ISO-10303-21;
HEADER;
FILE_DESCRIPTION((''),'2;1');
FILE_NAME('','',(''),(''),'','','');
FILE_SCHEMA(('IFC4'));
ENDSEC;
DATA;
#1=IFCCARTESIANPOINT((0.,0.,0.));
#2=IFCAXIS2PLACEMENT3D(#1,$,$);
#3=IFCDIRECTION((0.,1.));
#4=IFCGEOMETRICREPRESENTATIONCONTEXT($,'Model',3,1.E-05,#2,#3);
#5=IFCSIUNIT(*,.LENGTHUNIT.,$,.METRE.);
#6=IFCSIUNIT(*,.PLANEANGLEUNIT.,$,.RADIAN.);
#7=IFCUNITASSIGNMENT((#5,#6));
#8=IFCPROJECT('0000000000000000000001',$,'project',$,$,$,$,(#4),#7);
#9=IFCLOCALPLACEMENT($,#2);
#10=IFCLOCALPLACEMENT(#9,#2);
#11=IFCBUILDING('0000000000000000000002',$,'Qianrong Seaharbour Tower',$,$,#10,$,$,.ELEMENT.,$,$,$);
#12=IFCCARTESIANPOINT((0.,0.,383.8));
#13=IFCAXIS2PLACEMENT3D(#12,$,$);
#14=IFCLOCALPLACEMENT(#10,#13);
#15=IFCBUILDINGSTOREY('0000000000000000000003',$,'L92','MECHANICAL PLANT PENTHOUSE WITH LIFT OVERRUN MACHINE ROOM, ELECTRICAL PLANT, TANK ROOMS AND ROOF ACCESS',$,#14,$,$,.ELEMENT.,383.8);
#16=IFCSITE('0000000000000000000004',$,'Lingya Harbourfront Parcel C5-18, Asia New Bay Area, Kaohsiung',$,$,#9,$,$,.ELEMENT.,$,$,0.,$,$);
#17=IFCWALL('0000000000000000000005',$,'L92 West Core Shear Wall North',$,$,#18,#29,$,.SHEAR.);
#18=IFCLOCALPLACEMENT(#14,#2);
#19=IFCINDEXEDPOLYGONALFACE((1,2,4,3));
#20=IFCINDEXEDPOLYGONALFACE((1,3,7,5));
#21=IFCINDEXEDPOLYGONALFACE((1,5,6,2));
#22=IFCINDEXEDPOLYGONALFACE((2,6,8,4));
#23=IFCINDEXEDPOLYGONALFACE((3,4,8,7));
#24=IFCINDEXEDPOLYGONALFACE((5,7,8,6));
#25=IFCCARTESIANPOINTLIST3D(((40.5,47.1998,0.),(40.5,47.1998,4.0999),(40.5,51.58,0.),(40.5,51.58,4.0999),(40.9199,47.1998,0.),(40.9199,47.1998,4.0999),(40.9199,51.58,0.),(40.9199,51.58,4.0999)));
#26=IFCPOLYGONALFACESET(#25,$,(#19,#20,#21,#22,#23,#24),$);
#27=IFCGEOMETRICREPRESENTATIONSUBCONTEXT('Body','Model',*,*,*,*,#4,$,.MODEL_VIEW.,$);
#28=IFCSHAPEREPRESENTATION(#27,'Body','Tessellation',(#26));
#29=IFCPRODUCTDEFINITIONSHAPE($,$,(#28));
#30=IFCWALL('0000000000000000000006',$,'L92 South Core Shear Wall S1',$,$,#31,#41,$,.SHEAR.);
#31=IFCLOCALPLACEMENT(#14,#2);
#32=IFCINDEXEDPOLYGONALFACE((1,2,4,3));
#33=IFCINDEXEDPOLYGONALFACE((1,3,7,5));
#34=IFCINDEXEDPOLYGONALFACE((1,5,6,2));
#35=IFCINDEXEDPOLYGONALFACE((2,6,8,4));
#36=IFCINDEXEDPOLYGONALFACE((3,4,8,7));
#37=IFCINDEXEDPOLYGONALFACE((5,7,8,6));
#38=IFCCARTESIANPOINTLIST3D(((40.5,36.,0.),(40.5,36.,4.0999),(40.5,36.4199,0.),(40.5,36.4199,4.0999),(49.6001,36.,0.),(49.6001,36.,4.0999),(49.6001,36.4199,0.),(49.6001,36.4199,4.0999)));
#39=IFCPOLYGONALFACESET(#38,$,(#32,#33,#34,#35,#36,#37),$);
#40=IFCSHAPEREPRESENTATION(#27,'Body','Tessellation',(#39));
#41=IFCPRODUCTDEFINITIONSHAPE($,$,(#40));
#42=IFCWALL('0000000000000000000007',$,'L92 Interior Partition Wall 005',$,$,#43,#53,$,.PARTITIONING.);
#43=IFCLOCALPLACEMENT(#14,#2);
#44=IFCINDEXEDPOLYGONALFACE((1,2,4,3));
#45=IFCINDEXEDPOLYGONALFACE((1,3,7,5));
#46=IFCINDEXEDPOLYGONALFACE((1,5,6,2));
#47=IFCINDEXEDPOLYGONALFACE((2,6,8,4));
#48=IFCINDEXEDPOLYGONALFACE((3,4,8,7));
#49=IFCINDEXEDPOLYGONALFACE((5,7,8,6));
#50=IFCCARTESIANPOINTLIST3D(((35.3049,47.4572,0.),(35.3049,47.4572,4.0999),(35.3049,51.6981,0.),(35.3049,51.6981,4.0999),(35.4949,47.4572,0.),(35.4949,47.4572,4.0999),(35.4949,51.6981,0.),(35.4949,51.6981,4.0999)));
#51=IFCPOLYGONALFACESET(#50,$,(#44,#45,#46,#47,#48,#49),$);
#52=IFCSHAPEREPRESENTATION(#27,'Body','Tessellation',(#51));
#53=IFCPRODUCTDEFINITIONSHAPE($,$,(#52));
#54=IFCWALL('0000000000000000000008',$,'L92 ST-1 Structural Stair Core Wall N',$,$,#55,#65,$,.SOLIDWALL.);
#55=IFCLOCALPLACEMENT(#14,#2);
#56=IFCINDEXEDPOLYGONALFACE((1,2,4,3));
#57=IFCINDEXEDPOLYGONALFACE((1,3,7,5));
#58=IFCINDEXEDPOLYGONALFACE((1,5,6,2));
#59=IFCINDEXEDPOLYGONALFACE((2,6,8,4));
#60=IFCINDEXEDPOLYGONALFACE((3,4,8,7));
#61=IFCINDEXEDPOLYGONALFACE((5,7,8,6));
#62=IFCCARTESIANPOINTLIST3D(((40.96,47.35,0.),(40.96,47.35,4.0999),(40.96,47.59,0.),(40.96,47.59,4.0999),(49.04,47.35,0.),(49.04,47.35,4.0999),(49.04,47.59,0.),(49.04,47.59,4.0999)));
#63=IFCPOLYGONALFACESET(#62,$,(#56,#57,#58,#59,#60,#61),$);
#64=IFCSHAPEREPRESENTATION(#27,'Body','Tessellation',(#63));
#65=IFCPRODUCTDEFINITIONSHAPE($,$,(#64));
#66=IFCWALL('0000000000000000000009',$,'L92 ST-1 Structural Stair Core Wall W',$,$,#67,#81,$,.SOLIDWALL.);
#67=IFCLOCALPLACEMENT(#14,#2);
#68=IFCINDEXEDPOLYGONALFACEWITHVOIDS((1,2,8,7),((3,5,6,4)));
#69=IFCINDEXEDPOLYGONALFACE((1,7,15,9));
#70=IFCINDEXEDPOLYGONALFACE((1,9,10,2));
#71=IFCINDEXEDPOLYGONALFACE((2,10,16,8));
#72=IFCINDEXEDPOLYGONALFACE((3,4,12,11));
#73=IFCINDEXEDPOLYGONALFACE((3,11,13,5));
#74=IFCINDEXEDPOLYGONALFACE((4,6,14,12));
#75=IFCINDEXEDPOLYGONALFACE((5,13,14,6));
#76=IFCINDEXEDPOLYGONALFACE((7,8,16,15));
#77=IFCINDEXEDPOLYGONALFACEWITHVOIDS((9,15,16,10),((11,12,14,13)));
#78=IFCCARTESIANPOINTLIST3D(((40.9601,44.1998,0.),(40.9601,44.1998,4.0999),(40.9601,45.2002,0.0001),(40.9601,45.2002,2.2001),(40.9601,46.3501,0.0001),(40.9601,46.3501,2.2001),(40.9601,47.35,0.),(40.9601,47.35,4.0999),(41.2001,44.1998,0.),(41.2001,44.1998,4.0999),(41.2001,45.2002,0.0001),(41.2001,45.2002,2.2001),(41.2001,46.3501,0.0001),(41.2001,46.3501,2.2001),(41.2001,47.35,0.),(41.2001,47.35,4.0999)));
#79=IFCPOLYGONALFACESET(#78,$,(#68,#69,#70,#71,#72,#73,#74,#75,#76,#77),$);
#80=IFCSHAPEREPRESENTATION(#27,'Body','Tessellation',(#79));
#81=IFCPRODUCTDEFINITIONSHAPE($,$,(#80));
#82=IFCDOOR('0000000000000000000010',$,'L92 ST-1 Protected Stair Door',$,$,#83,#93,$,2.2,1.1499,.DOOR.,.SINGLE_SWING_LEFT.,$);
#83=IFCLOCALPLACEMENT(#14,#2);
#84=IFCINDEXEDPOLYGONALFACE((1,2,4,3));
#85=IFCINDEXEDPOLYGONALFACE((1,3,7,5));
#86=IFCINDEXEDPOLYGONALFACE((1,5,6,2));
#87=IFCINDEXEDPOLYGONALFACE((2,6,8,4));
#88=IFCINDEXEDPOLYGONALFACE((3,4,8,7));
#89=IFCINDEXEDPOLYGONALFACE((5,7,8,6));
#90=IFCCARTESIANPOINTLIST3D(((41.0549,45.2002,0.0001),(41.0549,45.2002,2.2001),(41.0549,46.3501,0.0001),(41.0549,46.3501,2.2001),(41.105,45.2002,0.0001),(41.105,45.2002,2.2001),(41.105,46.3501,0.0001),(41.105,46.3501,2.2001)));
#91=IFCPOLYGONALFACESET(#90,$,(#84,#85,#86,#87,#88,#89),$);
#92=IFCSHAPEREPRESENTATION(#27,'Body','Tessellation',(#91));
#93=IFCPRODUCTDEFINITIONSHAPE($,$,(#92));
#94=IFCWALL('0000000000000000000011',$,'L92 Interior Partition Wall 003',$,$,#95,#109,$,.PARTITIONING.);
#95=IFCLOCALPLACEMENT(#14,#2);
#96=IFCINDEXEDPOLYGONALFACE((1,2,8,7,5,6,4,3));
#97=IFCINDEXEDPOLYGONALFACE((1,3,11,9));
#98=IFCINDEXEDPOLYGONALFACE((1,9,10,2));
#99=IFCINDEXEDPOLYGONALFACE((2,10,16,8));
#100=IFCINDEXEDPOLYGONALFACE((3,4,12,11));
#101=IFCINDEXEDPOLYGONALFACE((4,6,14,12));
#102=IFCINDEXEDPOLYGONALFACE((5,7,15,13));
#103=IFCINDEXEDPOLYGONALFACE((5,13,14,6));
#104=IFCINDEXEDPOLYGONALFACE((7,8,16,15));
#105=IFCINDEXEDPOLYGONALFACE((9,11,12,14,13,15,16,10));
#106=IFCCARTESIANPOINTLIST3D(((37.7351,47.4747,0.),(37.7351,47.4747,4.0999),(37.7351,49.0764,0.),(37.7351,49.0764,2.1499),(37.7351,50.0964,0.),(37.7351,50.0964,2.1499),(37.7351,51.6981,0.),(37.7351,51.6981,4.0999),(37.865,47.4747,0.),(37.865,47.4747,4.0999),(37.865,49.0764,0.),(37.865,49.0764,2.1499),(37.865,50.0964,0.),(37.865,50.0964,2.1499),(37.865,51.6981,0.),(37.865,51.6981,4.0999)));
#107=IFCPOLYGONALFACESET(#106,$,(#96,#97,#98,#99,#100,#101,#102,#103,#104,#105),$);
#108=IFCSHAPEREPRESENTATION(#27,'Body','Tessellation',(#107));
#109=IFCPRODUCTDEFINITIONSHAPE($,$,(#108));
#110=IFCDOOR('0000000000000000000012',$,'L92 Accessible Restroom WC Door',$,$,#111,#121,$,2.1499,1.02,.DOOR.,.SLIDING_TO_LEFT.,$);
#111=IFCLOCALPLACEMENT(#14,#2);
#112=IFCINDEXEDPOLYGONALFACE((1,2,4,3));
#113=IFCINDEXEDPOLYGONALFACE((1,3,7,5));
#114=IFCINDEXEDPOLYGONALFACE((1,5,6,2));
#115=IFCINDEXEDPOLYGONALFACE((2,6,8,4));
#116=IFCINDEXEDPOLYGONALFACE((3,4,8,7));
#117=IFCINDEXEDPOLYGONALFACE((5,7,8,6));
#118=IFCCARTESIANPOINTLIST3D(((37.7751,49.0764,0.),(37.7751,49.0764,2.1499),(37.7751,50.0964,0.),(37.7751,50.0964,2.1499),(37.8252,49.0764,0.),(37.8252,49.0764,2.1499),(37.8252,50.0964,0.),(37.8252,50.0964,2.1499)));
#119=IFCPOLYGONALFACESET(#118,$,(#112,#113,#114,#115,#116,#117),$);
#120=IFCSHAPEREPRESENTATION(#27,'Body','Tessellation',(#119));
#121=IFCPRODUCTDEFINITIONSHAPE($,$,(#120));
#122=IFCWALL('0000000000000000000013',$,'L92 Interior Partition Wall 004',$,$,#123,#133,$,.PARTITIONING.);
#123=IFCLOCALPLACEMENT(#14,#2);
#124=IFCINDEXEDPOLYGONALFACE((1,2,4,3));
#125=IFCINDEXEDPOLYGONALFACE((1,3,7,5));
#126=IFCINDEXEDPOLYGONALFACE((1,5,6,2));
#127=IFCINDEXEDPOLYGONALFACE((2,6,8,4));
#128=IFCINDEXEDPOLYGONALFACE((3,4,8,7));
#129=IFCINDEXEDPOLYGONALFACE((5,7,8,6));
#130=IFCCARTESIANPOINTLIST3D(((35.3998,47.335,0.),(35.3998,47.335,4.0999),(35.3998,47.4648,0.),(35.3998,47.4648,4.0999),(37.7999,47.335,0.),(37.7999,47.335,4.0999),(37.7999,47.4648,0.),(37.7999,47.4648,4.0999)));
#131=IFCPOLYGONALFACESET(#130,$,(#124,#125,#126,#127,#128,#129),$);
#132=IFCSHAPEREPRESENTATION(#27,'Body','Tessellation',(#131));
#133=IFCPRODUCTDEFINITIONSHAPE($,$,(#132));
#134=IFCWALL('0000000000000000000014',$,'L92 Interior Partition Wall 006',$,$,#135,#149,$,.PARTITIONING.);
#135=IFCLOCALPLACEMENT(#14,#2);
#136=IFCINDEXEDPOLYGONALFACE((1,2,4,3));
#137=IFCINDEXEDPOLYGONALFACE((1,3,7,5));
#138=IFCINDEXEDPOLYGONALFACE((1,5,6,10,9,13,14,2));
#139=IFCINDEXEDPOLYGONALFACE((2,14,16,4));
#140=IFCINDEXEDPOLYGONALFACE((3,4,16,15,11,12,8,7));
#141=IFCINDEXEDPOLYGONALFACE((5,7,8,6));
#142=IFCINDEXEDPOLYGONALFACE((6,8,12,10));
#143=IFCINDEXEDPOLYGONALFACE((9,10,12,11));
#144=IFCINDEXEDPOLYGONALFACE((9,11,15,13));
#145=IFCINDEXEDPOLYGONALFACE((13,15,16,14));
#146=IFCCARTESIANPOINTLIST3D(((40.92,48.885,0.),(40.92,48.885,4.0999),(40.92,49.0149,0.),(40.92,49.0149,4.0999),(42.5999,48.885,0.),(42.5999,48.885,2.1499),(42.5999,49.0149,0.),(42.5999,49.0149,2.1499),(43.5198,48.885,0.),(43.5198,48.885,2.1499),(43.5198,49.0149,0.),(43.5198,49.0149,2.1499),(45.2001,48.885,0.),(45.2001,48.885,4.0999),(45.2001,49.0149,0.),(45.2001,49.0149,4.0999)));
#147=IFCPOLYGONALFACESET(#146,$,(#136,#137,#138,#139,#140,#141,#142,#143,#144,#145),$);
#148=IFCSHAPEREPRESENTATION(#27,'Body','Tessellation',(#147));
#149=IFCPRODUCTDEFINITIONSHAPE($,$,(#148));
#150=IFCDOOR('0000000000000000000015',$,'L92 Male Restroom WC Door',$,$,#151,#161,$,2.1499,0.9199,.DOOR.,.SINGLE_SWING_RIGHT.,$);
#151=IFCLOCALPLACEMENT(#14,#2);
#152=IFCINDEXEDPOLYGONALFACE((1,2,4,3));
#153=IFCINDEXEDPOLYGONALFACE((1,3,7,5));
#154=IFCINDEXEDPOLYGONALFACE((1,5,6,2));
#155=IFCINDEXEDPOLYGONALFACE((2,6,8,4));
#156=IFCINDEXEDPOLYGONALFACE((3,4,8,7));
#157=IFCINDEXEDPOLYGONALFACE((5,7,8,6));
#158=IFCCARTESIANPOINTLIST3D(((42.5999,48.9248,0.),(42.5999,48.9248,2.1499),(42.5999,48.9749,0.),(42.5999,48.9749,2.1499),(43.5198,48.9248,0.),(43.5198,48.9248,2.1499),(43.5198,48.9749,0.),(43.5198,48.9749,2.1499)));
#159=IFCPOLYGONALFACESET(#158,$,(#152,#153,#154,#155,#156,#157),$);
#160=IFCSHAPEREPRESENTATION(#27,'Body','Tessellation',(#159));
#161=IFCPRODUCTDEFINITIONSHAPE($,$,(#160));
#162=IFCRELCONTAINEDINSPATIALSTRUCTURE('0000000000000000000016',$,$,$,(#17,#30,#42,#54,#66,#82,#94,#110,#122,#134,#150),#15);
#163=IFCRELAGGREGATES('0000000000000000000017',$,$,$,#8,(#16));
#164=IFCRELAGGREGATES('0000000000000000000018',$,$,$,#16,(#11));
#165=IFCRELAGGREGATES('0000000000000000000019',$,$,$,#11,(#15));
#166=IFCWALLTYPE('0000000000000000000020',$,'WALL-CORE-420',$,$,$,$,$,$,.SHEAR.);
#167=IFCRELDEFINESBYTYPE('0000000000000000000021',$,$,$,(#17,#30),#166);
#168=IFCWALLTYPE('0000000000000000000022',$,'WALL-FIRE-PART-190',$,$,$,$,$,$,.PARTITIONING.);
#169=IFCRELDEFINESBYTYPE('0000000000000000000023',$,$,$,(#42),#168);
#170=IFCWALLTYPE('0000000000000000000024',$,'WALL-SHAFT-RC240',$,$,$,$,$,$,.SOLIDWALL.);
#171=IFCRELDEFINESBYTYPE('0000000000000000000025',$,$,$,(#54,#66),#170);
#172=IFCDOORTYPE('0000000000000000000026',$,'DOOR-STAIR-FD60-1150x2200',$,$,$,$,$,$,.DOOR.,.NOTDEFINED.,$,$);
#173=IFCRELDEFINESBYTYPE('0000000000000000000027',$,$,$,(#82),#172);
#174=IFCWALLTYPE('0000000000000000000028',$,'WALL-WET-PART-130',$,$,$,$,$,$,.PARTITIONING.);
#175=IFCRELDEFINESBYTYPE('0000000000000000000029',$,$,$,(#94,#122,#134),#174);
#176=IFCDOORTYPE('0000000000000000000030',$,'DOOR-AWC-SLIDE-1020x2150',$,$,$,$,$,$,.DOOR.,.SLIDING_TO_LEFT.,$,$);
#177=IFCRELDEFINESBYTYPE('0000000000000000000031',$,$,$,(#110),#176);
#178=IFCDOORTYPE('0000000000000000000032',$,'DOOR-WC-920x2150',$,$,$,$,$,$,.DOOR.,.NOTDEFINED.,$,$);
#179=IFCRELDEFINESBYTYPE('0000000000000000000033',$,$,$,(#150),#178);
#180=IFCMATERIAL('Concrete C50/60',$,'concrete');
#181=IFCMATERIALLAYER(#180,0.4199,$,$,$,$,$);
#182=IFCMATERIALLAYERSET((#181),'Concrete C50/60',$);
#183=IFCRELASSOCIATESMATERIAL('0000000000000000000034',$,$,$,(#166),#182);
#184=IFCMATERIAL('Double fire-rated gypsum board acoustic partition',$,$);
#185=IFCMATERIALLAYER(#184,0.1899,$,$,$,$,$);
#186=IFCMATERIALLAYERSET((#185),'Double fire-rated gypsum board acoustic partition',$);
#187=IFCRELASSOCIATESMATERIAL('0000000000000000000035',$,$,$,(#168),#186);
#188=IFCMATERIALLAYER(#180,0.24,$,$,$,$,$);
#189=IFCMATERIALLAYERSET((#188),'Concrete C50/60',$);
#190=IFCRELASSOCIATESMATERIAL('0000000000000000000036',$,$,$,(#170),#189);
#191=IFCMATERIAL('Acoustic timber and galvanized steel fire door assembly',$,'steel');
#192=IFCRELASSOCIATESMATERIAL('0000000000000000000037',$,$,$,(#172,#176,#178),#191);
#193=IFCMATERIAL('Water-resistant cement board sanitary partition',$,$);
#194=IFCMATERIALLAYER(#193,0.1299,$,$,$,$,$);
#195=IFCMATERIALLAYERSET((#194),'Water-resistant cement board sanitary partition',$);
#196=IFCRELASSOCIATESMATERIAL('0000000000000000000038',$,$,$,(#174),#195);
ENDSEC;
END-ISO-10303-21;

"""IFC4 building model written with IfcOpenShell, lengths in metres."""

from ifc_helpers import new_model, si_unit, direction, frame, frame_2d, origin, place, context, subcontext, project, spatial, rectangle, extrude, material, layer, layer_set, type_object, element, fill, save


model = new_model("IFC4")

# Units and contexts
model_context = context("Model", 3, precision=1e-05, world=origin(), true_north=direction((0.0, 1.0)))
body_context = subcontext(model_context, "Body", "Model", "MODEL_VIEW")
ifc_project = project(units=[si_unit("LENGTHUNIT", "METRE"), si_unit("PLANEANGLEUNIT", "RADIAN")], contexts=[model_context])

# Site, building, storey
site_placement = place(None, origin())
site = spatial("IfcSite", under=ifc_project, at=site_placement, Name="Lingya Harbourfront Parcel C5-18, Asia New Bay Area, Kaohsiung", CompositionType="ELEMENT", RefElevation=0.0)
building_placement = place(site_placement, origin())
building = spatial("IfcBuilding", under=site, at=building_placement, Name="Qianrong Seaharbour Tower", CompositionType="ELEMENT")
storey_placement = place(building_placement, frame((0.0, 0.0, 383.8)))
storey = spatial("IfcBuildingStorey", under=building, at=storey_placement, Name="L92", Description="MECHANICAL PLANT PENTHOUSE WITH LIFT OVERRUN MACHINE ROOM, ELECTRICAL PLANT, TANK ROOMS AND ROOF ACCESS", CompositionType="ELEMENT", Elevation=383.8)

# Shared definitions
ifc_material_1 = material(Name="Concrete C50/60", Category="concrete")

# Walls
ifc_layer_1 = layer(ifc_material_1, 0.4199)
ifc_layer_set_1 = layer_set([ifc_layer_1], Name="Concrete C50/60")
wall_type_1 = type_object("IfcWallType", Name="WALL-CORE-420", PredefinedType="SHEAR", material=ifc_layer_set_1)
wall_1_placement = place(storey_placement, frame((40.71, 47.2, 0.0), z_axis=(0.0, 0.0, 1.0), x_axis=(0.0, 1.0, 0.0)))
element("IfcWall", 1, at=wall_1_placement, inside=storey, type_object=wall_type_1, Name="L92 West Core Shear Wall North", PredefinedType="SHEAR", context=body_context, shape_type="SweptSolid", body=[
    extrude(rectangle(XDim=4.3801, YDim=0.4199, at=frame_2d((2.1899, 0.0))), origin(), (0.0, 0.0, 1.0), 4.0999),
])
wall_2_placement = place(storey_placement, frame((40.5, 36.21, 0.0), z_axis=(0.0, 0.0, 1.0), x_axis=(1.0, 0.0, 0.0)))
element("IfcWall", 2, at=wall_2_placement, inside=storey, type_object=wall_type_1, Name="L92 South Core Shear Wall S1", PredefinedType="SHEAR", context=body_context, shape_type="SweptSolid", body=[
    extrude(rectangle(XDim=9.1001, YDim=0.4199, at=frame_2d((4.55, 0.0))), origin(), (0.0, 0.0, 1.0), 4.0999),
])

# Shared definitions
ifc_material_2 = material(Name="Acoustic timber and galvanized steel fire door assembly", Category="steel")

# Walls
ifc_material_3 = material(Name="Double fire-rated gypsum board acoustic partition")
ifc_layer_2 = layer(ifc_material_3, 0.1899)
ifc_layer_set_2 = layer_set([ifc_layer_2], Name="Double fire-rated gypsum board acoustic partition")
wall_type_2 = type_object("IfcWallType", Name="WALL-FIRE-PART-190", PredefinedType="PARTITIONING", material=ifc_layer_set_2)
wall_3_placement = place(storey_placement, frame((35.3999, 47.457, 0.0), z_axis=(0.0, 0.0, 1.0), x_axis=(0.0, 1.0, 0.0)))
element("IfcWall", 3, at=wall_3_placement, inside=storey, type_object=wall_type_2, Name="L92 Interior Partition Wall 005", PredefinedType="PARTITIONING", context=body_context, shape_type="SweptSolid", body=[
    extrude(rectangle(XDim=4.241, YDim=0.1899, at=frame_2d((2.1206, 0.0))), origin(), (0.0, 0.0, 1.0), 4.0999),
])
ifc_layer_3 = layer(ifc_material_1, 0.24)
ifc_layer_set_3 = layer_set([ifc_layer_3], Name="Concrete C50/60")
wall_type_3 = type_object("IfcWallType", Name="WALL-SHAFT-RC240", PredefinedType="SOLIDWALL", material=ifc_layer_set_3)
wall_4_placement = place(storey_placement, frame((40.96, 47.47, 0.0), z_axis=(0.0, 0.0, 1.0), x_axis=(1.0, 0.0, 0.0)))
element("IfcWall", 4, at=wall_4_placement, inside=storey, type_object=wall_type_3, Name="L92 ST-1 Structural Stair Core Wall N", PredefinedType="SOLIDWALL", context=body_context, shape_type="SweptSolid", body=[
    extrude(rectangle(XDim=8.0801, YDim=0.24, at=frame_2d((4.04, 0.0))), origin(), (0.0, 0.0, 1.0), 4.0999),
])

# Walls, openings, doors
wall_5_placement = place(storey_placement, frame((41.0801, 47.3501, 0.0), z_axis=(0.0, 0.0, 1.0), x_axis=(0.0, -1.0, 0.0)))
wall_5 = element("IfcWall", 5, at=wall_5_placement, inside=storey, type_object=wall_type_3, Name="L92 ST-1 Structural Stair Core Wall W", PredefinedType="SOLIDWALL", context=body_context, shape_type="SweptSolid", body=[
    extrude(rectangle(XDim=3.1501, YDim=0.24, at=frame_2d((1.5752, 0.0))), origin(), (0.0, 0.0, 1.0), 4.0999),
])
opening_1_placement = place(wall_5_placement, frame((1.0, 0.0, 0.0)))
opening_1 = element("IfcOpeningElement", 6, at=opening_1_placement, cuts=wall_5, PredefinedType="OPENING", context=body_context, shape_type="SweptSolid", body=[
    extrude(rectangle(XDim=1.1499, YDim=2.2, at=frame_2d((0.575, 1.1001))), frame((0.0, 0.1299, 0.0), z_axis=(0.0, -1.0, 0.0), x_axis=(1.0, 0.0, 0.0)), (0.0, 0.0, 1.0), 0.26),
])
door_type_1 = type_object("IfcDoorType", Name="DOOR-STAIR-FD60-1150x2200", OperationType="NOTDEFINED", PredefinedType="DOOR", material=ifc_material_2)
door_1_placement = place(opening_1_placement, origin())
door_1 = element("IfcDoor", 7, at=door_1_placement, inside=storey, type_object=door_type_1, Name="L92 ST-1 Protected Stair Door", OperationType="SINGLE_SWING_LEFT", OverallHeight=2.2, OverallWidth=1.1499, PredefinedType="DOOR", context=body_context, shape_type="SweptSolid", body=[
    extrude(rectangle(XDim=1.1499, YDim=2.2, at=frame_2d((0.575, 1.1001))), frame((0.0, 0.0249, 0.0), z_axis=(0.0, -1.0, 0.0), x_axis=(1.0, 0.0, 0.0)), (0.0, 0.0, 1.0), 0.05),
])
fill(opening_1, door_1)
ifc_material_4 = material(Name="Water-resistant cement board sanitary partition")
ifc_layer_4 = layer(ifc_material_4, 0.1299)
ifc_layer_set_4 = layer_set([ifc_layer_4], Name="Water-resistant cement board sanitary partition")
wall_type_4 = type_object("IfcWallType", Name="WALL-WET-PART-130", PredefinedType="PARTITIONING", material=ifc_layer_set_4)
wall_6_placement = place(storey_placement, frame((37.8, 47.4746, 0.0), z_axis=(0.0, 0.0, 1.0), x_axis=(0.0, 1.0, 0.0)))
wall_6 = element("IfcWall", 8, at=wall_6_placement, inside=storey, type_object=wall_type_4, Name="L92 Interior Partition Wall 003", PredefinedType="PARTITIONING", context=body_context, shape_type="SweptSolid", body=[
    extrude(rectangle(XDim=4.2234, YDim=0.1299, at=frame_2d((2.1118, 0.0))), origin(), (0.0, 0.0, 1.0), 4.0999),
])
opening_2_placement = place(wall_6_placement, frame((1.6018, 0.0, 0.0)))
opening_2 = element("IfcOpeningElement", 9, at=opening_2_placement, cuts=wall_6, PredefinedType="OPENING", context=body_context, shape_type="SweptSolid", body=[
    extrude(rectangle(XDim=1.02, YDim=2.1499, at=frame_2d((0.51, 1.075))), frame((0.0, 0.075, 0.0), z_axis=(0.0, -1.0, 0.0), x_axis=(1.0, 0.0, 0.0)), (0.0, 0.0, 1.0), 0.1499),
])
door_type_2 = type_object("IfcDoorType", Name="DOOR-AWC-SLIDE-1020x2150", OperationType="SLIDING_TO_LEFT", PredefinedType="DOOR", material=ifc_material_2)
door_2_placement = place(opening_2_placement, origin())
door_2 = element("IfcDoor", 10, at=door_2_placement, inside=storey, type_object=door_type_2, Name="L92 Accessible Restroom WC Door", OperationType="SLIDING_TO_LEFT", OverallHeight=2.1499, OverallWidth=1.02, PredefinedType="DOOR", context=body_context, shape_type="SweptSolid", body=[
    extrude(rectangle(XDim=1.02, YDim=2.1499, at=frame_2d((0.51, 1.075))), frame((0.0, 0.0249, 0.0), z_axis=(0.0, -1.0, 0.0), x_axis=(1.0, 0.0, 0.0)), (0.0, 0.0, 1.0), 0.05),
])
fill(opening_2, door_2)

# Wall
wall_7_placement = place(storey_placement, frame((37.8, 47.3999, 0.0), z_axis=(0.0, 0.0, 1.0), x_axis=(-1.0, 0.0, 0.0)))
element("IfcWall", 11, at=wall_7_placement, inside=storey, type_object=wall_type_4, Name="L92 Interior Partition Wall 004", PredefinedType="PARTITIONING", context=body_context, shape_type="SweptSolid", body=[
    extrude(rectangle(XDim=2.4001, YDim=0.1299, at=frame_2d((1.2002, 0.0))), origin(), (0.0, 0.0, 1.0), 4.0999),
])

# Wall, opening, door
wall_8_placement = place(storey_placement, frame((40.9199, 48.95, 0.0), z_axis=(0.0, 0.0, 1.0), x_axis=(1.0, 0.0, 0.0)))
wall_8 = element("IfcWall", 12, at=wall_8_placement, inside=storey, type_object=wall_type_4, Name="L92 Interior Partition Wall 006", PredefinedType="PARTITIONING", context=body_context, shape_type="SweptSolid", body=[
    extrude(rectangle(XDim=4.28, YDim=0.1299, at=frame_2d((2.1401, 0.0))), origin(), (0.0, 0.0, 1.0), 4.0999),
])
opening_3_placement = place(wall_8_placement, frame((1.6799, 0.0, 0.0)))
opening_3 = element("IfcOpeningElement", 13, at=opening_3_placement, cuts=wall_8, PredefinedType="OPENING", context=body_context, shape_type="SweptSolid", body=[
    extrude(rectangle(XDim=0.9199, YDim=2.1499, at=frame_2d((0.46, 1.075))), frame((0.0, 0.075, 0.0), z_axis=(0.0, -1.0, 0.0), x_axis=(1.0, 0.0, 0.0)), (0.0, 0.0, 1.0), 0.1499),
])
door_type_3 = type_object("IfcDoorType", Name="DOOR-WC-920x2150", OperationType="NOTDEFINED", PredefinedType="DOOR", material=ifc_material_2)
door_3_placement = place(opening_3_placement, origin())
door_3 = element("IfcDoor", 14, at=door_3_placement, inside=storey, type_object=door_type_3, Name="L92 Male Restroom WC Door", OperationType="SINGLE_SWING_RIGHT", OverallHeight=2.1499, OverallWidth=0.9199, PredefinedType="DOOR", context=body_context, shape_type="SweptSolid", body=[
    extrude(rectangle(XDim=0.9199, YDim=2.1499, at=frame_2d((0.46, 1.075))), frame((0.0, 0.0249, 0.0), z_axis=(0.0, -1.0, 0.0), x_axis=(1.0, 0.0, 0.0)), (0.0, 0.0, 1.0), 0.05),
])
fill(opening_3, door_3)

save(model, "model.ifc")
